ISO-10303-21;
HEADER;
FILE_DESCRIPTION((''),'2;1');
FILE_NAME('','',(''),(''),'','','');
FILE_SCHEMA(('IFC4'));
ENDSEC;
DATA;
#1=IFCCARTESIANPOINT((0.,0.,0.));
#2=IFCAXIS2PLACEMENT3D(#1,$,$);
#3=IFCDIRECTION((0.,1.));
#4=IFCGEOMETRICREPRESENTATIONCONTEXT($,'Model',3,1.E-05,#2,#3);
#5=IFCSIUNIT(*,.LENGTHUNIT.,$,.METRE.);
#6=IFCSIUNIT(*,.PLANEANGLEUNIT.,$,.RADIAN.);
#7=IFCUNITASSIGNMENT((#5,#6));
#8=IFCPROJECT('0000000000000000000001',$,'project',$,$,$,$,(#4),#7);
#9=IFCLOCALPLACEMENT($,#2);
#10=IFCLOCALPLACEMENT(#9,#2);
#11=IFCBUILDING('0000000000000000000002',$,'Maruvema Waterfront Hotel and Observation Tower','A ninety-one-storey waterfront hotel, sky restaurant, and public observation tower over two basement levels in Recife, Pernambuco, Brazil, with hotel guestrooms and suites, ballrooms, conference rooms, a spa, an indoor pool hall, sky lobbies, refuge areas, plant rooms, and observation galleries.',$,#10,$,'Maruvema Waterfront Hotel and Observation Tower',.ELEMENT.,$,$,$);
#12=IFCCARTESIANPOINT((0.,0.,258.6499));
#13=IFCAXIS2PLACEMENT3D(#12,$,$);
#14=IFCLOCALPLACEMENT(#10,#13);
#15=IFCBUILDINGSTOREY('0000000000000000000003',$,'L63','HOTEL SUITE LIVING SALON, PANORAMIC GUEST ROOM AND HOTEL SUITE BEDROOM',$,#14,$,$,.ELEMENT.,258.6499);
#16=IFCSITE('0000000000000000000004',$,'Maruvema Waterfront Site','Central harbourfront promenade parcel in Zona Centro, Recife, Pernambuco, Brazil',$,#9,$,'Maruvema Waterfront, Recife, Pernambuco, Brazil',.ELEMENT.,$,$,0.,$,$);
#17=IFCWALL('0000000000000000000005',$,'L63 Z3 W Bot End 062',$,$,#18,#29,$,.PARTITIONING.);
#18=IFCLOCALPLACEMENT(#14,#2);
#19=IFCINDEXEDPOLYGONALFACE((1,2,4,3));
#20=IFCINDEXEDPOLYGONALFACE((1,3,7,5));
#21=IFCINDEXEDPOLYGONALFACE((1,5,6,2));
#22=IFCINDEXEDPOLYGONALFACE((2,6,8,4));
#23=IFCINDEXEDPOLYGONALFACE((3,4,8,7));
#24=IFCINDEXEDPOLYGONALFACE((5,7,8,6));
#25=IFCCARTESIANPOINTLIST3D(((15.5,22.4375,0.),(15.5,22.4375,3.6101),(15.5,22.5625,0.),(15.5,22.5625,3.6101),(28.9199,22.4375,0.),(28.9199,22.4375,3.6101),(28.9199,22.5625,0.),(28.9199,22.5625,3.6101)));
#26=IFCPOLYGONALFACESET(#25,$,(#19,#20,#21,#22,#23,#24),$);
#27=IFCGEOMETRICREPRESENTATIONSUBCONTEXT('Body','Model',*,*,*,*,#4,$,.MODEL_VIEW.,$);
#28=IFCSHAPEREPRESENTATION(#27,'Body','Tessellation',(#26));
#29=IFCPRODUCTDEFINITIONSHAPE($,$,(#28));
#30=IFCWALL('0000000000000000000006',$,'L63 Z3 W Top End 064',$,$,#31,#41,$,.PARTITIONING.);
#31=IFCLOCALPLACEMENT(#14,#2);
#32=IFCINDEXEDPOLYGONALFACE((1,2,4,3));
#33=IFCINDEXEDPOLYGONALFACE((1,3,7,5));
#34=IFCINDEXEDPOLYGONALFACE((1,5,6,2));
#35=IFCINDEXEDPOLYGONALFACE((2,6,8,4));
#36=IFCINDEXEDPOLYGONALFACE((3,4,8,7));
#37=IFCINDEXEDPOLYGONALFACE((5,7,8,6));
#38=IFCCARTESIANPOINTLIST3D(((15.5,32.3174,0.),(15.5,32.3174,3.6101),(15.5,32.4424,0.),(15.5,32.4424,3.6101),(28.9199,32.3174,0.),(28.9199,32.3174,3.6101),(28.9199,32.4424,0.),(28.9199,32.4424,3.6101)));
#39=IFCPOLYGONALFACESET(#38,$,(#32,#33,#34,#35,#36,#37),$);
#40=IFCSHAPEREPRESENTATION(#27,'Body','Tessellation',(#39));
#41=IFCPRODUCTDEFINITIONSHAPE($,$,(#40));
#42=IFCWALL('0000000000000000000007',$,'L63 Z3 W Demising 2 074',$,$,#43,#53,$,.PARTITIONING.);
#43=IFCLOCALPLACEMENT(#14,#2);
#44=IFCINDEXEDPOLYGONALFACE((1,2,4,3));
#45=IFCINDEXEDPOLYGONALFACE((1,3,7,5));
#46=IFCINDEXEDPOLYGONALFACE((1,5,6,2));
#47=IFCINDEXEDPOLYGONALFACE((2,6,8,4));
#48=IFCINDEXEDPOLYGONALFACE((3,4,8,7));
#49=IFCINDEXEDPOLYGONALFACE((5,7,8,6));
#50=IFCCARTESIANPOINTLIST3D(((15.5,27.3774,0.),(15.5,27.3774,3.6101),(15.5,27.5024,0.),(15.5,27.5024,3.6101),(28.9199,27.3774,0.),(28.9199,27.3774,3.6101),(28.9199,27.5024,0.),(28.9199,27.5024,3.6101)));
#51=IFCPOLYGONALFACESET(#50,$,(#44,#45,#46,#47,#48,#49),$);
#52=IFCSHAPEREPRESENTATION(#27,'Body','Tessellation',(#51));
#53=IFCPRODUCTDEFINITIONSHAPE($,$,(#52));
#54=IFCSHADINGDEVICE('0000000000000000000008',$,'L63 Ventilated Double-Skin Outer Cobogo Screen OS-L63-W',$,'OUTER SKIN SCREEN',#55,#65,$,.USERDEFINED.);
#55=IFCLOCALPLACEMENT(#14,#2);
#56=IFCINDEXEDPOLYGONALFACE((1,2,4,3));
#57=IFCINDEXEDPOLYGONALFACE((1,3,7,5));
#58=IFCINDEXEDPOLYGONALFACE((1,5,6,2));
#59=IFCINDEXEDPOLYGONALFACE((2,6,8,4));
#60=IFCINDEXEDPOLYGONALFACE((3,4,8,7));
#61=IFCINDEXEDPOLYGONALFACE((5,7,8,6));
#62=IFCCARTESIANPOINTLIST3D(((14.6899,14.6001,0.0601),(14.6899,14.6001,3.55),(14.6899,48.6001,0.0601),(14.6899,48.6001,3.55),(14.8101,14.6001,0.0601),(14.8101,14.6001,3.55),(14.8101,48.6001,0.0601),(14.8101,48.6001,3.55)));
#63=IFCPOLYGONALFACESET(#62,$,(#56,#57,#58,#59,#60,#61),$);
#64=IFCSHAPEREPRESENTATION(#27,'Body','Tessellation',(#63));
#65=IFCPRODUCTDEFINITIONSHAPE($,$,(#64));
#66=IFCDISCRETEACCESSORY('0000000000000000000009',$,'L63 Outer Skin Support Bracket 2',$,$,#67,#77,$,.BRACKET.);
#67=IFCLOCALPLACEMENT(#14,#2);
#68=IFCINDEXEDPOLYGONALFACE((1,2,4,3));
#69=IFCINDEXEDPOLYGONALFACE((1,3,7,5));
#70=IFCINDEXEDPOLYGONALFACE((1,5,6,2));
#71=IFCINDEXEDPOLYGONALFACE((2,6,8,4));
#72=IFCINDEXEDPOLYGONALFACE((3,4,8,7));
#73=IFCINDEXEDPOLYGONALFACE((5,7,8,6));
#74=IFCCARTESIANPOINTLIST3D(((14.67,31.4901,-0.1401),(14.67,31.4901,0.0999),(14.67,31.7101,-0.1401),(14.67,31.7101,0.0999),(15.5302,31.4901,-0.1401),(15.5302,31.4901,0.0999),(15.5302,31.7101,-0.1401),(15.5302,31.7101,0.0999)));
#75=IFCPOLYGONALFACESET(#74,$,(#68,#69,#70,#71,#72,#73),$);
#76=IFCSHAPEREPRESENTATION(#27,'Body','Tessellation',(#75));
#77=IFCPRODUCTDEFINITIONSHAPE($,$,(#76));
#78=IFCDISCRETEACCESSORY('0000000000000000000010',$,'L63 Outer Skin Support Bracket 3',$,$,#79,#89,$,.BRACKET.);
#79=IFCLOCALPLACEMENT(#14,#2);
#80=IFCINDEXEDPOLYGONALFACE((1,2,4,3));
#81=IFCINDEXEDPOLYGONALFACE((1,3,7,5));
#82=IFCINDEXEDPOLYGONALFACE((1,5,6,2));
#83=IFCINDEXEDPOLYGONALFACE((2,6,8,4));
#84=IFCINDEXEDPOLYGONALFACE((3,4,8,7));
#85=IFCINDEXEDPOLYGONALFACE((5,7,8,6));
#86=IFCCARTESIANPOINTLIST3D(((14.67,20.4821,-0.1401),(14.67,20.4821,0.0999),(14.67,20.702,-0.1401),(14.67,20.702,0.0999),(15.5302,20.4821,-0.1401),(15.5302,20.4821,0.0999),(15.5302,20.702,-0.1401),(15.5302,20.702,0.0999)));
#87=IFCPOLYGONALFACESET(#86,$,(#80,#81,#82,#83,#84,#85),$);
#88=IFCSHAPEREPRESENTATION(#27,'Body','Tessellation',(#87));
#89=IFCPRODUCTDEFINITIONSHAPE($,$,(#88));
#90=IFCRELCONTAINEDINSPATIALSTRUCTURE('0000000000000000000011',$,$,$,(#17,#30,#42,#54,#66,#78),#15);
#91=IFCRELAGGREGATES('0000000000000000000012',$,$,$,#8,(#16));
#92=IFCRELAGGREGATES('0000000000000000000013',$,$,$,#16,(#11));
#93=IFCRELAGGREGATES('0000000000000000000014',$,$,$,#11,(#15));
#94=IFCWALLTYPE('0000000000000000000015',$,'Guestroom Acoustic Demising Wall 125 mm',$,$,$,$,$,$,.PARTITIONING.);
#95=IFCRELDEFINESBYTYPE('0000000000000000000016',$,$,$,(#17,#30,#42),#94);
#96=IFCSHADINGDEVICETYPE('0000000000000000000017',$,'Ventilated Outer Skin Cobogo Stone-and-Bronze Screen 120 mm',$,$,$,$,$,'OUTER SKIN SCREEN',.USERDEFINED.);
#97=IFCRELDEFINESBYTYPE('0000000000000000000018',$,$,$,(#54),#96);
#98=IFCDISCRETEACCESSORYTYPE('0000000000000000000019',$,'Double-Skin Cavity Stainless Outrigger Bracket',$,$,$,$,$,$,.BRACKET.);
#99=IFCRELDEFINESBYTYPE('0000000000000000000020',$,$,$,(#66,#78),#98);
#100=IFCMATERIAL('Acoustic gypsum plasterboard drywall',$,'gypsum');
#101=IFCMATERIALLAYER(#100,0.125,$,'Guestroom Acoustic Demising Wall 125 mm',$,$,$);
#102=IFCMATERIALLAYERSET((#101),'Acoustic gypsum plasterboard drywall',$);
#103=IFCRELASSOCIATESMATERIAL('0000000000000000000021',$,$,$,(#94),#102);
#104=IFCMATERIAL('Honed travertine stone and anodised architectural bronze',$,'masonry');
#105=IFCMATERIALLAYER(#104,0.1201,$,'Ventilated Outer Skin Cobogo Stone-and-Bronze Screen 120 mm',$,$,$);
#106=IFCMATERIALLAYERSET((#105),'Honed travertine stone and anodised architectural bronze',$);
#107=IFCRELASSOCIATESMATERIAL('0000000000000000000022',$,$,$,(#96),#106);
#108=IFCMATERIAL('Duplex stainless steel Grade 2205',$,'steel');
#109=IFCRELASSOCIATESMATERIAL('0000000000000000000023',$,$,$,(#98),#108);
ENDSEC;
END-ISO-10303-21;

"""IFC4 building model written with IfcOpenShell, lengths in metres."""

from ifc_helpers import new_model, si_unit, direction, frame, frame_2d, origin, origin_2d, place, context, subcontext, project, spatial, rectangle, extrude, material, layer, layer_set, type_object, element, save


model = new_model("IFC4")

# Units and contexts
model_context = context("Model", 3, precision=1e-05, world=origin(), true_north=direction((0.0, 1.0)))
body_context = subcontext(model_context, "Body", "Model", "MODEL_VIEW")
ifc_project = project(units=[si_unit("LENGTHUNIT", "METRE"), si_unit("PLANEANGLEUNIT", "RADIAN")], contexts=[model_context])

# Site, building, storey
site_placement = place(None, origin())
site = spatial("IfcSite", under=ifc_project, at=site_placement, Name="Maruvema Waterfront Site", Description="Central harbourfront promenade parcel in Zona Centro, Recife, Pernambuco, Brazil", LongName="Maruvema Waterfront, Recife, Pernambuco, Brazil", CompositionType="ELEMENT", RefElevation=0.0)
building_placement = place(site_placement, origin())
building = spatial("IfcBuilding", under=site, at=building_placement, Name="Maruvema Waterfront Hotel and Observation Tower", Description="A ninety-one-storey waterfront hotel, sky restaurant, and public observation tower over two basement levels in Recife, Pernambuco, Brazil, with hotel guestrooms and suites, ballrooms, conference rooms, a spa, an indoor pool hall, sky lobbies, refuge areas, plant rooms, and observation galleries.", LongName="Maruvema Waterfront Hotel and Observation Tower", CompositionType="ELEMENT")
storey_placement = place(building_placement, frame((0.0, 0.0, 258.6499)))
storey = spatial("IfcBuildingStorey", under=building, at=storey_placement, Name="L63", Description="HOTEL SUITE LIVING SALON, PANORAMIC GUEST ROOM AND HOTEL SUITE BEDROOM", CompositionType="ELEMENT", Elevation=258.6499)

# Walls
ifc_material_1 = material(Name="Acoustic gypsum plasterboard drywall", Category="gypsum")
ifc_layer_1 = layer(ifc_material_1, 0.125, Name="Guestroom Acoustic Demising Wall 125 mm")
ifc_layer_set_1 = layer_set([ifc_layer_1], Name="Acoustic gypsum plasterboard drywall")
wall_type_1 = type_object("IfcWallType", Name="Guestroom Acoustic Demising Wall 125 mm", PredefinedType="PARTITIONING", material=ifc_layer_set_1)
for number, where, z_axis, x_axis, name in (
    (1, (15.5, 22.5, 0.0), (0.0, 0.0, 1.0), (1.0, 0.0, 0.0), "L63 Z3 W Bot End 062"),
    (2, (15.5, 32.3799, 0.0), (0.0, 0.0, 1.0), (1.0, 0.0, 0.0), "L63 Z3 W Top End 064"),
    (3, (15.5, 27.4399, 0.0), (0.0, 0.0, 1.0), (1.0, 0.0, 0.0), "L63 Z3 W Demising 2 074"),
):
    element("IfcWall", number, at=place(storey_placement, frame(where, z_axis=z_axis, x_axis=x_axis)), inside=storey, type_object=wall_type_1, Name=name, PredefinedType="PARTITIONING", context=body_context, shape_type="SweptSolid", body=[
        extrude(rectangle(XDim=13.4199, YDim=0.125, at=frame_2d((6.71, 0.0))), origin(), (0.0, 0.0, 1.0), 3.6101),
    ])

# Shading device
ifc_material_2 = material(Name="Honed travertine stone and anodised architectural bronze", Category="masonry")
ifc_layer_2 = layer(ifc_material_2, 0.1201, Name="Ventilated Outer Skin Cobogo Stone-and-Bronze Screen 120 mm")
ifc_layer_set_2 = layer_set([ifc_layer_2], Name="Honed travertine stone and anodised architectural bronze")
shading_device_type = type_object("IfcShadingDeviceType", Name="Ventilated Outer Skin Cobogo Stone-and-Bronze Screen 120 mm", ElementType="OUTER SKIN SCREEN", PredefinedType="USERDEFINED", material=ifc_layer_set_2)
shading_device_placement = place(storey_placement, frame((14.75, 31.6001, 0.0601), z_axis=(0.0, 0.0, 1.0), x_axis=(0.0, -1.0, 0.0)))
element("IfcShadingDevice", 4, at=shading_device_placement, inside=storey, type_object=shading_device_type, Name="L63 Ventilated Double-Skin Outer Cobogo Screen OS-L63-W", ObjectType="OUTER SKIN SCREEN", PredefinedType="USERDEFINED", context=body_context, shape_type="SweptSolid", body=[
    extrude(rectangle(XDim=34.0, YDim=0.1201, at=origin_2d()), origin(), (0.0, 0.0, 1.0), 3.49),
])

# Discrete accessories
ifc_material_3 = material(Name="Duplex stainless steel Grade 2205", Category="steel")
discrete_accessory_type = type_object("IfcDiscreteAccessoryType", Name="Double-Skin Cavity Stainless Outrigger Bracket", PredefinedType="BRACKET", material=ifc_material_3)
for number, where, z_axis, x_axis, name in (
    (5, (15.1001, 31.6001, -0.1401), (0.0, 0.0, 1.0), (0.0, -1.0, 0.0), "L63 Outer Skin Support Bracket 2"),
    (6, (15.1001, 20.592, -0.1401), (0.0, 0.0, 1.0), (0.0, -1.0, 0.0), "L63 Outer Skin Support Bracket 3"),
):
    element("IfcDiscreteAccessory", number, at=place(storey_placement, frame(where, z_axis=z_axis, x_axis=x_axis)), inside=storey, type_object=discrete_accessory_type, Name=name, PredefinedType="BRACKET", context=body_context, shape_type="SweptSolid", body=[
        extrude(rectangle(XDim=0.22, YDim=0.8601, at=origin_2d()), origin(), (0.0, 0.0, 1.0), 0.24),
    ])

save(model, "model.ifc")
